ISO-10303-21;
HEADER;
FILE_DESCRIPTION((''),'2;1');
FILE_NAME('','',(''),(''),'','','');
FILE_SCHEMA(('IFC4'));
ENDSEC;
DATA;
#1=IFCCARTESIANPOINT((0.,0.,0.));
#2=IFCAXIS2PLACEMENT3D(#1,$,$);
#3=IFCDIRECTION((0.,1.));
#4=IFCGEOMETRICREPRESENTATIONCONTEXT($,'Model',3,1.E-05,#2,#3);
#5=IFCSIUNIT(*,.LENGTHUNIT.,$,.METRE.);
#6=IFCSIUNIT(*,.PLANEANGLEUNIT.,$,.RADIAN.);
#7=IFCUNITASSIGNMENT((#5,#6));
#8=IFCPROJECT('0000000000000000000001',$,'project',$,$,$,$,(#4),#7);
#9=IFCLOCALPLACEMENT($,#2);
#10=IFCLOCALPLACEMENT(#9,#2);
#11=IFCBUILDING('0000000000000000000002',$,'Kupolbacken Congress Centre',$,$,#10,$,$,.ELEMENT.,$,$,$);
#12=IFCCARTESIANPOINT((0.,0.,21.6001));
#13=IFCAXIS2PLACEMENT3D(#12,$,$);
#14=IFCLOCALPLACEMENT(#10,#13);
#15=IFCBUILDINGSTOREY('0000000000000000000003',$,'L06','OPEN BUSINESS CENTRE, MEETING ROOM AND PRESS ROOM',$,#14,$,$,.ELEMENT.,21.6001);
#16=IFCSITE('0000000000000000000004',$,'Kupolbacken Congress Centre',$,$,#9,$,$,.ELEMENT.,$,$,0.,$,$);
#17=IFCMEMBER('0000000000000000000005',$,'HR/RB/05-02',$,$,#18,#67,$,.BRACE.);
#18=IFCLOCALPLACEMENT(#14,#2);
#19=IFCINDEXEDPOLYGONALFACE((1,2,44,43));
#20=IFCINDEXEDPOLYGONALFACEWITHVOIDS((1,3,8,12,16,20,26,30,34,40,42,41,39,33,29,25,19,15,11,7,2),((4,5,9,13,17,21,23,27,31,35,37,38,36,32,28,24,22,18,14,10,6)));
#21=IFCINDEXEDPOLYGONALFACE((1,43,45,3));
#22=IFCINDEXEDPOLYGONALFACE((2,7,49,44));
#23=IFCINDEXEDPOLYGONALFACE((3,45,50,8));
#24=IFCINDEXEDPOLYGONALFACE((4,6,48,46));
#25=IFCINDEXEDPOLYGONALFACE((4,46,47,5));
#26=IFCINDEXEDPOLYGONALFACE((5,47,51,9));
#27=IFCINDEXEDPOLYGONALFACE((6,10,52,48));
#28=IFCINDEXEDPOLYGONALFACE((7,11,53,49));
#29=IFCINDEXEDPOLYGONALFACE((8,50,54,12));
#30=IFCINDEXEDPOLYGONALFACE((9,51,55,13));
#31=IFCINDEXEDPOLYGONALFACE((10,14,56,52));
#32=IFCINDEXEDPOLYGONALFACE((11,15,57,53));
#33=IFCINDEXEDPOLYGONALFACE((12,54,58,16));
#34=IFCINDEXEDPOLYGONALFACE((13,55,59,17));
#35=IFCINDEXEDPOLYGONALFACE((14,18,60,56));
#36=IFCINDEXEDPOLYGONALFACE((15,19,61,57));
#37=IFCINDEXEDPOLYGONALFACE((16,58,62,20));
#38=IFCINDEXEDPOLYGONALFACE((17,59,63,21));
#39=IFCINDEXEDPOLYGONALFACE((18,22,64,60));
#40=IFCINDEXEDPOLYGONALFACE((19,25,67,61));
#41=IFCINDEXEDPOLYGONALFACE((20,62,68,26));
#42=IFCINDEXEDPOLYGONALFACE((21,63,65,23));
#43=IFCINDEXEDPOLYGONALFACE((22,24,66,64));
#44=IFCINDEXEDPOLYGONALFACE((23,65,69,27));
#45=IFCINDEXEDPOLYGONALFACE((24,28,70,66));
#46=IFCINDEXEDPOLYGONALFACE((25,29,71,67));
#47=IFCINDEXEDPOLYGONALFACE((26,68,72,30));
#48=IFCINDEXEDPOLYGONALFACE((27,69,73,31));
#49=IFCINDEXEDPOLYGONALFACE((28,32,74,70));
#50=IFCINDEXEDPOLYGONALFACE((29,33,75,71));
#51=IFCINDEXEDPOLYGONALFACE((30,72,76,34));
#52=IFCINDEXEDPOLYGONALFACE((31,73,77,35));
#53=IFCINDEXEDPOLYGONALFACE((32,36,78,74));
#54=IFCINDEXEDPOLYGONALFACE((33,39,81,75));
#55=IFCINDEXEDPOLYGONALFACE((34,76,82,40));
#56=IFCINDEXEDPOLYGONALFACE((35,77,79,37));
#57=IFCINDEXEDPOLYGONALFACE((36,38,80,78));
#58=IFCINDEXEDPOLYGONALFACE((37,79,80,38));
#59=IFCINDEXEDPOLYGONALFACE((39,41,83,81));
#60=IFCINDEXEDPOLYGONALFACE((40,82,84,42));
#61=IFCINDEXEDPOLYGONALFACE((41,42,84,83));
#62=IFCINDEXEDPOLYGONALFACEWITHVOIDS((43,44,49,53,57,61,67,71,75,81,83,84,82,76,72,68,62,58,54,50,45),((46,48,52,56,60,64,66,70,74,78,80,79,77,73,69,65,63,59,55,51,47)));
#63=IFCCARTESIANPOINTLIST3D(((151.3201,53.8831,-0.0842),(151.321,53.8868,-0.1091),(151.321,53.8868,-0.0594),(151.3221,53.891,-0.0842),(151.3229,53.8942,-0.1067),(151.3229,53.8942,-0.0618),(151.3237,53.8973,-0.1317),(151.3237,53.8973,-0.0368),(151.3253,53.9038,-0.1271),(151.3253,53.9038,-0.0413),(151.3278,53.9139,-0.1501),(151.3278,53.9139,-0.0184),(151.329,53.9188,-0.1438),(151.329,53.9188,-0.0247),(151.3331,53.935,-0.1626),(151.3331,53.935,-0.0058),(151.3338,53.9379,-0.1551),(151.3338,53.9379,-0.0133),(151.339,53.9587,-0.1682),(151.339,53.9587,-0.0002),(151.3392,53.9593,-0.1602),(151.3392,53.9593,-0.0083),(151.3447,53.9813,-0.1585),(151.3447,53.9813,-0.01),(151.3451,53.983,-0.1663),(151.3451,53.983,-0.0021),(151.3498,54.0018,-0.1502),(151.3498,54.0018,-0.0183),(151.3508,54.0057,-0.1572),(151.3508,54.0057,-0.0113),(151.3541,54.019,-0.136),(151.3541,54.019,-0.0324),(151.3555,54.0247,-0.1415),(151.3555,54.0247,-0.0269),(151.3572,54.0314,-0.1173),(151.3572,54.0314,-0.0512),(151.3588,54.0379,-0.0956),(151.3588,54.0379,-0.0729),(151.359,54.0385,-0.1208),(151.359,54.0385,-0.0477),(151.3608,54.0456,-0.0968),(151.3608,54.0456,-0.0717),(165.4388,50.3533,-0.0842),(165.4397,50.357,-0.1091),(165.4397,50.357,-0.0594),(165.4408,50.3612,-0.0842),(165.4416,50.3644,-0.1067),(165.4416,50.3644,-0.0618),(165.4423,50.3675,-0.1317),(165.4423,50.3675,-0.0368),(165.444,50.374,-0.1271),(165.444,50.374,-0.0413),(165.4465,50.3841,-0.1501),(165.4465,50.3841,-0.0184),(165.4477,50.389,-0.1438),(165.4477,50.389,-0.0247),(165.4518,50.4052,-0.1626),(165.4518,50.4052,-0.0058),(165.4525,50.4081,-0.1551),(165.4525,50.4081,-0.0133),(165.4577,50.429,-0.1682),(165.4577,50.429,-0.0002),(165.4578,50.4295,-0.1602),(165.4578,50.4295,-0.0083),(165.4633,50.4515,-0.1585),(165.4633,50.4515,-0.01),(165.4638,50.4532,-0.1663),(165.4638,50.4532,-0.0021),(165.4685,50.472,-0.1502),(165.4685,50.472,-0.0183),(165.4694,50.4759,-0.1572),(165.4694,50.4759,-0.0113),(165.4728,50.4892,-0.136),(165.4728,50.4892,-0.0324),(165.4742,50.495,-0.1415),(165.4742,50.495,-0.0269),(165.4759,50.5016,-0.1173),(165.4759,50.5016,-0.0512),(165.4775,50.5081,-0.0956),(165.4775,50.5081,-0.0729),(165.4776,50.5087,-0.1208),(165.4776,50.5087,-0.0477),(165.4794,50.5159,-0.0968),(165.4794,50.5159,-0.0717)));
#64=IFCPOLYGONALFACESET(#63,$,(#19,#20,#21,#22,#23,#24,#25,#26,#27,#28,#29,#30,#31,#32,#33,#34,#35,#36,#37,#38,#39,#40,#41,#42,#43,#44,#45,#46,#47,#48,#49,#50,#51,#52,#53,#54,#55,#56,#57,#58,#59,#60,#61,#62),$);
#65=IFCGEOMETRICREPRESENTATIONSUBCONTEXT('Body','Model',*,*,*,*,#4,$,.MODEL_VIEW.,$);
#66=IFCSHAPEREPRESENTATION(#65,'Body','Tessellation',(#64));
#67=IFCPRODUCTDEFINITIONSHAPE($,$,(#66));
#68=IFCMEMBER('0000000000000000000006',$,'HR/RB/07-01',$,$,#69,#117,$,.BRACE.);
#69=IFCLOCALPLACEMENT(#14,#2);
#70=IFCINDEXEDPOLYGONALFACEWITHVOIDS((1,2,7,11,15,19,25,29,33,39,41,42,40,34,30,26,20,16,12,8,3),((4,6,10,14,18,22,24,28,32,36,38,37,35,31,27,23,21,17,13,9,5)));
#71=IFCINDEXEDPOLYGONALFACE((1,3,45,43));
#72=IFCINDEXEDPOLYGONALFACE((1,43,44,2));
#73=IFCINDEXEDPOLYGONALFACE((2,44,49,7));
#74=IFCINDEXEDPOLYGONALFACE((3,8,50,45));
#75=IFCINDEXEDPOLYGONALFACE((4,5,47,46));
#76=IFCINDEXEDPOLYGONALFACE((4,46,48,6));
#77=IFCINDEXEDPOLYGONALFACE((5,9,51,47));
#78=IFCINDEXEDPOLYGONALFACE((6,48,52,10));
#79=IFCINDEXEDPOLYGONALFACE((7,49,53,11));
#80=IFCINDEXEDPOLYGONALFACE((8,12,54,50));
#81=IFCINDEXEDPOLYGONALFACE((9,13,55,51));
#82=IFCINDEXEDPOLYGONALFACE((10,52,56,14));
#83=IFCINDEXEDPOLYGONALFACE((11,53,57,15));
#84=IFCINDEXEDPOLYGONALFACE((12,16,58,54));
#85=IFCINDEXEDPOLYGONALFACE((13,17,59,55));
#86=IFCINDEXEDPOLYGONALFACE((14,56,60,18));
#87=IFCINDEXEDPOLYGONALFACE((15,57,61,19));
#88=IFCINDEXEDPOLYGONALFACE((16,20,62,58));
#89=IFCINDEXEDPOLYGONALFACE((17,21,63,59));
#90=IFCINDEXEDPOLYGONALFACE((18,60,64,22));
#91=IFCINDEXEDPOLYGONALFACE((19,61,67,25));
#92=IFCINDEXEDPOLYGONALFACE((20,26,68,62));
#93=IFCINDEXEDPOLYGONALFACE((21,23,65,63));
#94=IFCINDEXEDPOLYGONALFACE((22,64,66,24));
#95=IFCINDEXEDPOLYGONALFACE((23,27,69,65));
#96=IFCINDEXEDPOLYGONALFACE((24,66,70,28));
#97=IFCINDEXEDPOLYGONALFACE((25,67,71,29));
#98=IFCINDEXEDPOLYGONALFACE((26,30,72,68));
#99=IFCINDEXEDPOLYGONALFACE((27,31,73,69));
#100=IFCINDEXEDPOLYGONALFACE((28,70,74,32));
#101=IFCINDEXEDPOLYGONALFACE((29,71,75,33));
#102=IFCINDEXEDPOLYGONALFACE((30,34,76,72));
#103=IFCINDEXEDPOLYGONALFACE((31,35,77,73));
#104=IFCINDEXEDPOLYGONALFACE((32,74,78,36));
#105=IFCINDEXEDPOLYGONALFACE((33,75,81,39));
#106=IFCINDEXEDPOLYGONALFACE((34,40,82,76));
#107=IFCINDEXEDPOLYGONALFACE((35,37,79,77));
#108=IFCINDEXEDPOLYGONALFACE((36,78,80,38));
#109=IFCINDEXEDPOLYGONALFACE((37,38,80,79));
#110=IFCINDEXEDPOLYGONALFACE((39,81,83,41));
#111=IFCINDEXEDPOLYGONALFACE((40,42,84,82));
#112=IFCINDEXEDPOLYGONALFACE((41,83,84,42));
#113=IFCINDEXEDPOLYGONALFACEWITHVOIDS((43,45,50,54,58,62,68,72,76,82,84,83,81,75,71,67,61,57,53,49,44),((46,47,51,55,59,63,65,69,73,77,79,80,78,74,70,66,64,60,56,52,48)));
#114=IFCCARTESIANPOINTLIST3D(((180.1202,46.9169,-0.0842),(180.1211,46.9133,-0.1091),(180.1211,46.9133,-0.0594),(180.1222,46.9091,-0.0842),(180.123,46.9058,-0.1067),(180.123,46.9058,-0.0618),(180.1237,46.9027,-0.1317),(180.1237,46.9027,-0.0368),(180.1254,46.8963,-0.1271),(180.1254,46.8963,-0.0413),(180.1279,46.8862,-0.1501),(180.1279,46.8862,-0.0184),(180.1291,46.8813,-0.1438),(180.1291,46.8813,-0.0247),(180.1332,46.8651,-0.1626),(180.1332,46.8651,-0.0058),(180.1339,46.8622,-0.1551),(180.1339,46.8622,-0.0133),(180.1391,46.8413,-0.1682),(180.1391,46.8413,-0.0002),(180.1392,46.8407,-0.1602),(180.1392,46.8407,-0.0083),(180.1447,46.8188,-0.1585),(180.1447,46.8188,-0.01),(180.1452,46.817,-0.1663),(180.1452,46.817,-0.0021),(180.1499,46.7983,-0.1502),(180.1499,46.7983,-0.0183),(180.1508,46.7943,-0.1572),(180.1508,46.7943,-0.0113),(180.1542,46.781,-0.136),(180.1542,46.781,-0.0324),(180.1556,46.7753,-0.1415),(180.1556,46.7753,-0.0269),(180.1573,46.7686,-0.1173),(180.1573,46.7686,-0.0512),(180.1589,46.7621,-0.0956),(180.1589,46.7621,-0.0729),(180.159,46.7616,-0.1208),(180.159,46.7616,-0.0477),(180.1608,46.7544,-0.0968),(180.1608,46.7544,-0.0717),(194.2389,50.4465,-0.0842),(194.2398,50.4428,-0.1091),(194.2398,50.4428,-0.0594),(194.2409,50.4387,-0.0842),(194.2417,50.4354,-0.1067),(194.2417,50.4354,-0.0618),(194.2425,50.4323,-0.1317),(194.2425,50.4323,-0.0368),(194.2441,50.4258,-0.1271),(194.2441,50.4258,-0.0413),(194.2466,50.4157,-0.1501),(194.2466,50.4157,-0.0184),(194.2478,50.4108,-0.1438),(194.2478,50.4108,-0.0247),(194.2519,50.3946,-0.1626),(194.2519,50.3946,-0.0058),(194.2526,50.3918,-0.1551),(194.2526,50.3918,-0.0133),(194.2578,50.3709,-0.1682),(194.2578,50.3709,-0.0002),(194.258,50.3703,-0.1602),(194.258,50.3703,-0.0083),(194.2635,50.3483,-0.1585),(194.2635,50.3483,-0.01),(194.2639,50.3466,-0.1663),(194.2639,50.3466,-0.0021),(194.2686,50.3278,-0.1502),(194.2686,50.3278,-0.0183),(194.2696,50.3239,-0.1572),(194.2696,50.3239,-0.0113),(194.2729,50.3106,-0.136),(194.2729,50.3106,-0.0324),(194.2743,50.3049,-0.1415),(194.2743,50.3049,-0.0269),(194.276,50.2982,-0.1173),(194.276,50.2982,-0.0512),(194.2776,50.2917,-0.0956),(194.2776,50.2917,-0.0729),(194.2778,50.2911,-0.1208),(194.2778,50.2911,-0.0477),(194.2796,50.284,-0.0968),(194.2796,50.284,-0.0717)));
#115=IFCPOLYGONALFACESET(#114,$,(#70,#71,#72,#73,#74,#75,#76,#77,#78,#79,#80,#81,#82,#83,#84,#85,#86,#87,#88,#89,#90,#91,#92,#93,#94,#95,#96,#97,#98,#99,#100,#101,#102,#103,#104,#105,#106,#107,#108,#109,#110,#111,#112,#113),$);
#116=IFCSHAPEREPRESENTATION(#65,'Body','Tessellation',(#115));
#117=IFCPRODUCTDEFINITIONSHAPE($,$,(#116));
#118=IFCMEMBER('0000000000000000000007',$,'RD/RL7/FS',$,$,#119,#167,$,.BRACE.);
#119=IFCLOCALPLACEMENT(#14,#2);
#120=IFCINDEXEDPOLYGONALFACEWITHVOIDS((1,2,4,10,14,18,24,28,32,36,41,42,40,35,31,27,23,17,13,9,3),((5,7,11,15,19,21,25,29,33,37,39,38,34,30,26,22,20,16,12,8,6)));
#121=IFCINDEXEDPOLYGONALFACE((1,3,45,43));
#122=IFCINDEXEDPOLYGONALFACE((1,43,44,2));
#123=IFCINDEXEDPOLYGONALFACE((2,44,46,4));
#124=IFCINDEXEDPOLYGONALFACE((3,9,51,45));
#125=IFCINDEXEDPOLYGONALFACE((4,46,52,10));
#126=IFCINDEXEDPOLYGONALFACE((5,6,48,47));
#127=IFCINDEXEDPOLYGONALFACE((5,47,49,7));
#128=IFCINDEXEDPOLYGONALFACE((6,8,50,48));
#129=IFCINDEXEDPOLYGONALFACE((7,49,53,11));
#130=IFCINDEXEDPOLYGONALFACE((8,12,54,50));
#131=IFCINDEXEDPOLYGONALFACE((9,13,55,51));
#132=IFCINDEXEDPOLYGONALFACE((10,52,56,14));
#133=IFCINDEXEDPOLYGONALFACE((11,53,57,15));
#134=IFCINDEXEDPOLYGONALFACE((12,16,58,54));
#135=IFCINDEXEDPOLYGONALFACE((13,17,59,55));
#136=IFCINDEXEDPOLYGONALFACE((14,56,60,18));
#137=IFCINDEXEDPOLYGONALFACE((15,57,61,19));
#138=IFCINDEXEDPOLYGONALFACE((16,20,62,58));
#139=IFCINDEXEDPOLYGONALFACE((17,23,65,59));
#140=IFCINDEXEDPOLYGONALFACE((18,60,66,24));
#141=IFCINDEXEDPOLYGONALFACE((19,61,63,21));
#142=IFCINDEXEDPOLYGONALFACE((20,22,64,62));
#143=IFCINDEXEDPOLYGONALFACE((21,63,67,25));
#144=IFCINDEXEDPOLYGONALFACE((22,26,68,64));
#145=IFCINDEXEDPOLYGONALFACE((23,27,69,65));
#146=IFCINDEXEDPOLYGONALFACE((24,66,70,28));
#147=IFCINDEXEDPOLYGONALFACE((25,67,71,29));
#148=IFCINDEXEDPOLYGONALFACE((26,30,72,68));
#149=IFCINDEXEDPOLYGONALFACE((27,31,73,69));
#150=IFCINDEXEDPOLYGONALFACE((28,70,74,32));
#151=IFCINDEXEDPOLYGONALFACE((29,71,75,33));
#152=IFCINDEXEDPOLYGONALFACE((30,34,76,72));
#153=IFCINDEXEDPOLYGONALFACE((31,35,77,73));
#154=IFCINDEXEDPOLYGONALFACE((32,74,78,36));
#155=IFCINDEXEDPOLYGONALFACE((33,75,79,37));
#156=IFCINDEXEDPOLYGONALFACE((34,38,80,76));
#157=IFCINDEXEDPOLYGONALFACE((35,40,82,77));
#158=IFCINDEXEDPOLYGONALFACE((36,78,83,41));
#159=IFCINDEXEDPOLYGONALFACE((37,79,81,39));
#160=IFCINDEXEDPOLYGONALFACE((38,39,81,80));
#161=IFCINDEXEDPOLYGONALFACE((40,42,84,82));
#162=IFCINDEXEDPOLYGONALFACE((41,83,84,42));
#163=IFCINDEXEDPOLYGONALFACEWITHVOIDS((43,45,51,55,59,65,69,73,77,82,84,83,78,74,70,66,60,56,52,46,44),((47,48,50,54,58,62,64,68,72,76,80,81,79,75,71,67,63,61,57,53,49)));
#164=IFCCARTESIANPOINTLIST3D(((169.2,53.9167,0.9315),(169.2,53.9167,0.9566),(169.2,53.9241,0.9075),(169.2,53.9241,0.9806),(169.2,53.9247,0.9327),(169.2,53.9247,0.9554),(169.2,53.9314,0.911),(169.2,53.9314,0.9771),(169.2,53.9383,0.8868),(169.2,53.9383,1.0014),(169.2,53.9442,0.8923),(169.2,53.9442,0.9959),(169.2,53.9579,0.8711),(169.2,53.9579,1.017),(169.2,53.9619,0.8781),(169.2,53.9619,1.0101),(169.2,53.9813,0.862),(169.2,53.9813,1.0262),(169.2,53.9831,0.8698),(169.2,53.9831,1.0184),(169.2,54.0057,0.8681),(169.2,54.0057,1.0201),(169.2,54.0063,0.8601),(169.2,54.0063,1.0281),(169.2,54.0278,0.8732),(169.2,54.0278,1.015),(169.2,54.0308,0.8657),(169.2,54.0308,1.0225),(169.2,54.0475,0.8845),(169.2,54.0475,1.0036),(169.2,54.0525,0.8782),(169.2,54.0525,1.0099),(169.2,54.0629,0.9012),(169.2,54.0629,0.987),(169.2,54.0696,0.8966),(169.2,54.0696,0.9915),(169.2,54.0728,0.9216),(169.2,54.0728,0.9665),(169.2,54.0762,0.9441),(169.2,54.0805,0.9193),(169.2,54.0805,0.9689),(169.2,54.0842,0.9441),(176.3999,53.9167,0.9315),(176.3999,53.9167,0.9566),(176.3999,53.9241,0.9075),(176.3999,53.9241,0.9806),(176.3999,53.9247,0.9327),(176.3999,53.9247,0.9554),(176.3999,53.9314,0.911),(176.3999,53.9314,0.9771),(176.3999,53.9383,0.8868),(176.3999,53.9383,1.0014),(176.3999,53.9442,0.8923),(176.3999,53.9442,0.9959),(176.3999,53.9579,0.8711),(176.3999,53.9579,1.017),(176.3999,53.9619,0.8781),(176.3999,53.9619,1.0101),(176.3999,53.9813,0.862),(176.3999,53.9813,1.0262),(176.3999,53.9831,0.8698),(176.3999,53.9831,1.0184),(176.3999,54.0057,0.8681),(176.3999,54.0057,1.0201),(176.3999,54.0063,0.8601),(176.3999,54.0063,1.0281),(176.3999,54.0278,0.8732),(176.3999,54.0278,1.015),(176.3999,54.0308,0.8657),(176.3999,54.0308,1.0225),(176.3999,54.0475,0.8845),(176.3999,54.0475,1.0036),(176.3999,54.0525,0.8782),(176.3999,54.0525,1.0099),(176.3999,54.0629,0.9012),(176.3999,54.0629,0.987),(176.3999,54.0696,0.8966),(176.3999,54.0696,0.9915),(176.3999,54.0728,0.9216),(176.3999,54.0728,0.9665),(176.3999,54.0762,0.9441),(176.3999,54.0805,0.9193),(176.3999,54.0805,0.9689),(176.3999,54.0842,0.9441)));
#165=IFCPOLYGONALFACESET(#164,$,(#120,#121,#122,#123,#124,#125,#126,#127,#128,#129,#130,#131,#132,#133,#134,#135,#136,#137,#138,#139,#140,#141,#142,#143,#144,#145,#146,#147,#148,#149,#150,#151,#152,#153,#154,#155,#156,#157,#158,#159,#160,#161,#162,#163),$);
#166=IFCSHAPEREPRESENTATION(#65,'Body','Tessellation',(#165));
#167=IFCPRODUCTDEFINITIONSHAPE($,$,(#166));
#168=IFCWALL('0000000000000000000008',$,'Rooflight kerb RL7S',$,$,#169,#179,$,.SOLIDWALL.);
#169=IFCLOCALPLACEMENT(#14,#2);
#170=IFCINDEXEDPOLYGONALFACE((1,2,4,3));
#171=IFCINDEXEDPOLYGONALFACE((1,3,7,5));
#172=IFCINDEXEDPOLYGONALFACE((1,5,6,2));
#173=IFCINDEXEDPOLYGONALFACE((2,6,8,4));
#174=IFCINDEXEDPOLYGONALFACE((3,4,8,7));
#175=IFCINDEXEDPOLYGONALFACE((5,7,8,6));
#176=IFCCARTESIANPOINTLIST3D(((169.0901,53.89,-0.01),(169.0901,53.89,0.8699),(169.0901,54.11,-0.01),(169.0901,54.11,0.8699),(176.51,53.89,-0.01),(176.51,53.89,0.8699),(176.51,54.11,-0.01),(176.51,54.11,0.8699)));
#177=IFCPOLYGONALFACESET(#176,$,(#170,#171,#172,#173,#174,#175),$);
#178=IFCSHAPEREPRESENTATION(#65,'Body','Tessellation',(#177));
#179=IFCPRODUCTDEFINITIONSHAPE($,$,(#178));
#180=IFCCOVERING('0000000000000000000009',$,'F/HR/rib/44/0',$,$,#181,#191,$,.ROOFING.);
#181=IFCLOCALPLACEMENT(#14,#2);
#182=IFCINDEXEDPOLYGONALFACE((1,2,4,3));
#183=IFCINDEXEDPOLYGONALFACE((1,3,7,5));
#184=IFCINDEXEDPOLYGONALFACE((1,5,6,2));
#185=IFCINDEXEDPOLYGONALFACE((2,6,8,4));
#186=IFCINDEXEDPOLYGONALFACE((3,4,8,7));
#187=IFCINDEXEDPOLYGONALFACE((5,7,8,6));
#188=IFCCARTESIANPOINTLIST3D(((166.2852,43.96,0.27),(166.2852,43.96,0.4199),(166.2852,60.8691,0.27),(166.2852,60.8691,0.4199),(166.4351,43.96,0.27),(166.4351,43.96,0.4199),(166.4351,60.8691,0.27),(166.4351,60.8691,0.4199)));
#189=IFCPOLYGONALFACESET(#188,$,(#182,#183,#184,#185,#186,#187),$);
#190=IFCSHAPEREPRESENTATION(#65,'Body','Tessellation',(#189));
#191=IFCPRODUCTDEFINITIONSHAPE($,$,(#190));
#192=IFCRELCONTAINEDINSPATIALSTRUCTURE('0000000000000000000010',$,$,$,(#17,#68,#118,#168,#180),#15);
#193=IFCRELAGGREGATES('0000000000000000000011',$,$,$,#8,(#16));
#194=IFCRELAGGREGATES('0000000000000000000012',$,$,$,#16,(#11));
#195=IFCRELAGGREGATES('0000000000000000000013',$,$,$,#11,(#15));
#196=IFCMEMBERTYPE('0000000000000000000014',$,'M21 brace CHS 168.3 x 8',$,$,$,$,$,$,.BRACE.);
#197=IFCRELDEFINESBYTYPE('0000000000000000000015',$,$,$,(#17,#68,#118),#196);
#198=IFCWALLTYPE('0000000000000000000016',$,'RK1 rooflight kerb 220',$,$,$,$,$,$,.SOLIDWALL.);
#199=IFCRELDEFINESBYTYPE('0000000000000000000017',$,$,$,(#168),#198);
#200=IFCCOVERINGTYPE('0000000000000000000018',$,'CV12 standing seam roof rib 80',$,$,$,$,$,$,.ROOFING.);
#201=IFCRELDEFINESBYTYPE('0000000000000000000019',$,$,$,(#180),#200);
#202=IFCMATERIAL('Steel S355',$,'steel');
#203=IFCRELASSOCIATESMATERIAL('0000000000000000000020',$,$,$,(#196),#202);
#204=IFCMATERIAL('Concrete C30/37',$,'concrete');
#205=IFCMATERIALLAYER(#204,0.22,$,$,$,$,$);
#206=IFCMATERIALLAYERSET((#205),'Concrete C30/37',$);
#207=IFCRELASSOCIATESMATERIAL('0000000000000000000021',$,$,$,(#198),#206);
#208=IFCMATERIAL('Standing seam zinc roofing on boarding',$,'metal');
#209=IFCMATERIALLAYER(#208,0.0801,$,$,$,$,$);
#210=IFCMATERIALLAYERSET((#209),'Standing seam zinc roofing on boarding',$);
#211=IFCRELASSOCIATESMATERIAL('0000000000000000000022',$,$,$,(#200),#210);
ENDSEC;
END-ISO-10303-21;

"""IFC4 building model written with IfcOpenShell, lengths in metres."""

from ifc_helpers import new_model, si_unit, direction, frame, frame_2d, origin, origin_2d, place, context, subcontext, project, spatial, rectangle, hollow_circle, extrude, material, layer, layer_set, material_profile, profile_set, type_object, element, save


model = new_model("IFC4")

# Units and contexts
model_context = context("Model", 3, precision=1e-05, world=origin(), true_north=direction((0.0, 1.0)))
body_context = subcontext(model_context, "Body", "Model", "MODEL_VIEW")
ifc_project = project(units=[si_unit("LENGTHUNIT", "METRE"), si_unit("PLANEANGLEUNIT", "RADIAN")], contexts=[model_context])

# Site, building, storey
site_placement = place(None, origin())
site = spatial("IfcSite", under=ifc_project, at=site_placement, Name="Kupolbacken Congress Centre", CompositionType="ELEMENT", RefElevation=0.0)
building_placement = place(site_placement, origin())
building = spatial("IfcBuilding", under=site, at=building_placement, Name="Kupolbacken Congress Centre", CompositionType="ELEMENT")
storey_placement = place(building_placement, frame((0.0, 0.0, 21.6001)))
storey = spatial("IfcBuildingStorey", under=building, at=storey_placement, Name="L06", Description="OPEN BUSINESS CENTRE, MEETING ROOM AND PRESS ROOM", CompositionType="ELEMENT", Elevation=21.6001)

# Members
ifc_material_1 = material(Name="Steel S355", Category="steel")
ifc_material_profile_1 = material_profile(ifc_material_1, hollow_circle(Radius=0.0842, WallThickness=0.0081, at=origin_2d()), Name="CHS 168.3 x 8")
ifc_profile_set_1 = profile_set([ifc_material_profile_1], Name="Steel S355")
member_type = type_object("IfcMemberType", Name="M21 brace CHS 168.3 x 8", PredefinedType="BRACE", material=ifc_profile_set_1)
for number, where, z_axis, x_axis, name in (
    (1, (165.4592, 50.4351, -0.0842), (-0.970141, 0.242544, 0.0), (-0.242544, -0.970141, 0.0), "HR/RB/05-02"),
    (2, (180.1406, 46.8352, -0.0842), (0.970144, 0.242528, 0.0), (-0.242528, 0.970144, 0.0), "HR/RB/07-01"),
):
    element("IfcMember", number, at=place(storey_placement, frame(where, z_axis=z_axis, x_axis=x_axis)), inside=storey, type_object=member_type, Name=name, PredefinedType="BRACE", context=body_context, shape_type="SweptSolid", body=[
        extrude(hollow_circle(Radius=0.0842, WallThickness=0.0081, at=origin_2d()), origin(), (0.0, 0.0, 1.0), 14.5532),
    ])
member_placement = place(storey_placement, frame((169.2, 54.0, 0.9441), z_axis=(1.0, 0.0, 0.0), x_axis=(0.0, 1.0, 0.0)))
element("IfcMember", 3, at=member_placement, inside=storey, type_object=member_type, Name="RD/RL7/FS", PredefinedType="BRACE", context=body_context, shape_type="SweptSolid", body=[
    extrude(hollow_circle(Radius=0.0842, WallThickness=0.0081, at=origin_2d()), origin(), (0.0, 0.0, 1.0), 7.2),
])

# Wall
ifc_material_2 = material(Name="Concrete C30/37", Category="concrete")
ifc_layer_1 = layer(ifc_material_2, 0.22)
ifc_layer_set_1 = layer_set([ifc_layer_1], Name="Concrete C30/37")
wall_type = type_object("IfcWallType", Name="RK1 rooflight kerb 220", PredefinedType="SOLIDWALL", material=ifc_layer_set_1)
wall_placement = place(storey_placement, frame((169.0901, 54.0, -0.01), z_axis=(0.0, 0.0, 1.0), x_axis=(1.0, 0.0, 0.0)))
element("IfcWall", 4, at=wall_placement, inside=storey, type_object=wall_type, Name="Rooflight kerb RL7S", PredefinedType="SOLIDWALL", context=body_context, shape_type="SweptSolid", body=[
    extrude(rectangle(XDim=7.4199, YDim=0.22, at=frame_2d((3.71, 0.0))), origin(), (0.0, 0.0, 1.0), 0.8799),
])

# Covering
ifc_material_3 = material(Name="Standing seam zinc roofing on boarding", Category="metal")
ifc_layer_2 = layer(ifc_material_3, 0.0801)
ifc_layer_set_2 = layer_set([ifc_layer_2], Name="Standing seam zinc roofing on boarding")
covering_type = type_object("IfcCoveringType", Name="CV12 standing seam roof rib 80", PredefinedType="ROOFING", material=ifc_layer_set_2)
covering_placement = place(storey_placement, frame((166.3601, 52.4146, 0.27), z_axis=(0.0, 0.0, 1.0), x_axis=(0.0, 1.0, 0.0)))
element("IfcCovering", 5, at=covering_placement, inside=storey, type_object=covering_type, Name="F/HR/rib/44/0", PredefinedType="ROOFING", context=body_context, shape_type="SweptSolid", body=[
    extrude(rectangle(XDim=16.9092, YDim=0.1499, at=origin_2d()), origin(), (0.0, 0.0, 1.0), 0.1499),
])

save(model, "model.ifc")
